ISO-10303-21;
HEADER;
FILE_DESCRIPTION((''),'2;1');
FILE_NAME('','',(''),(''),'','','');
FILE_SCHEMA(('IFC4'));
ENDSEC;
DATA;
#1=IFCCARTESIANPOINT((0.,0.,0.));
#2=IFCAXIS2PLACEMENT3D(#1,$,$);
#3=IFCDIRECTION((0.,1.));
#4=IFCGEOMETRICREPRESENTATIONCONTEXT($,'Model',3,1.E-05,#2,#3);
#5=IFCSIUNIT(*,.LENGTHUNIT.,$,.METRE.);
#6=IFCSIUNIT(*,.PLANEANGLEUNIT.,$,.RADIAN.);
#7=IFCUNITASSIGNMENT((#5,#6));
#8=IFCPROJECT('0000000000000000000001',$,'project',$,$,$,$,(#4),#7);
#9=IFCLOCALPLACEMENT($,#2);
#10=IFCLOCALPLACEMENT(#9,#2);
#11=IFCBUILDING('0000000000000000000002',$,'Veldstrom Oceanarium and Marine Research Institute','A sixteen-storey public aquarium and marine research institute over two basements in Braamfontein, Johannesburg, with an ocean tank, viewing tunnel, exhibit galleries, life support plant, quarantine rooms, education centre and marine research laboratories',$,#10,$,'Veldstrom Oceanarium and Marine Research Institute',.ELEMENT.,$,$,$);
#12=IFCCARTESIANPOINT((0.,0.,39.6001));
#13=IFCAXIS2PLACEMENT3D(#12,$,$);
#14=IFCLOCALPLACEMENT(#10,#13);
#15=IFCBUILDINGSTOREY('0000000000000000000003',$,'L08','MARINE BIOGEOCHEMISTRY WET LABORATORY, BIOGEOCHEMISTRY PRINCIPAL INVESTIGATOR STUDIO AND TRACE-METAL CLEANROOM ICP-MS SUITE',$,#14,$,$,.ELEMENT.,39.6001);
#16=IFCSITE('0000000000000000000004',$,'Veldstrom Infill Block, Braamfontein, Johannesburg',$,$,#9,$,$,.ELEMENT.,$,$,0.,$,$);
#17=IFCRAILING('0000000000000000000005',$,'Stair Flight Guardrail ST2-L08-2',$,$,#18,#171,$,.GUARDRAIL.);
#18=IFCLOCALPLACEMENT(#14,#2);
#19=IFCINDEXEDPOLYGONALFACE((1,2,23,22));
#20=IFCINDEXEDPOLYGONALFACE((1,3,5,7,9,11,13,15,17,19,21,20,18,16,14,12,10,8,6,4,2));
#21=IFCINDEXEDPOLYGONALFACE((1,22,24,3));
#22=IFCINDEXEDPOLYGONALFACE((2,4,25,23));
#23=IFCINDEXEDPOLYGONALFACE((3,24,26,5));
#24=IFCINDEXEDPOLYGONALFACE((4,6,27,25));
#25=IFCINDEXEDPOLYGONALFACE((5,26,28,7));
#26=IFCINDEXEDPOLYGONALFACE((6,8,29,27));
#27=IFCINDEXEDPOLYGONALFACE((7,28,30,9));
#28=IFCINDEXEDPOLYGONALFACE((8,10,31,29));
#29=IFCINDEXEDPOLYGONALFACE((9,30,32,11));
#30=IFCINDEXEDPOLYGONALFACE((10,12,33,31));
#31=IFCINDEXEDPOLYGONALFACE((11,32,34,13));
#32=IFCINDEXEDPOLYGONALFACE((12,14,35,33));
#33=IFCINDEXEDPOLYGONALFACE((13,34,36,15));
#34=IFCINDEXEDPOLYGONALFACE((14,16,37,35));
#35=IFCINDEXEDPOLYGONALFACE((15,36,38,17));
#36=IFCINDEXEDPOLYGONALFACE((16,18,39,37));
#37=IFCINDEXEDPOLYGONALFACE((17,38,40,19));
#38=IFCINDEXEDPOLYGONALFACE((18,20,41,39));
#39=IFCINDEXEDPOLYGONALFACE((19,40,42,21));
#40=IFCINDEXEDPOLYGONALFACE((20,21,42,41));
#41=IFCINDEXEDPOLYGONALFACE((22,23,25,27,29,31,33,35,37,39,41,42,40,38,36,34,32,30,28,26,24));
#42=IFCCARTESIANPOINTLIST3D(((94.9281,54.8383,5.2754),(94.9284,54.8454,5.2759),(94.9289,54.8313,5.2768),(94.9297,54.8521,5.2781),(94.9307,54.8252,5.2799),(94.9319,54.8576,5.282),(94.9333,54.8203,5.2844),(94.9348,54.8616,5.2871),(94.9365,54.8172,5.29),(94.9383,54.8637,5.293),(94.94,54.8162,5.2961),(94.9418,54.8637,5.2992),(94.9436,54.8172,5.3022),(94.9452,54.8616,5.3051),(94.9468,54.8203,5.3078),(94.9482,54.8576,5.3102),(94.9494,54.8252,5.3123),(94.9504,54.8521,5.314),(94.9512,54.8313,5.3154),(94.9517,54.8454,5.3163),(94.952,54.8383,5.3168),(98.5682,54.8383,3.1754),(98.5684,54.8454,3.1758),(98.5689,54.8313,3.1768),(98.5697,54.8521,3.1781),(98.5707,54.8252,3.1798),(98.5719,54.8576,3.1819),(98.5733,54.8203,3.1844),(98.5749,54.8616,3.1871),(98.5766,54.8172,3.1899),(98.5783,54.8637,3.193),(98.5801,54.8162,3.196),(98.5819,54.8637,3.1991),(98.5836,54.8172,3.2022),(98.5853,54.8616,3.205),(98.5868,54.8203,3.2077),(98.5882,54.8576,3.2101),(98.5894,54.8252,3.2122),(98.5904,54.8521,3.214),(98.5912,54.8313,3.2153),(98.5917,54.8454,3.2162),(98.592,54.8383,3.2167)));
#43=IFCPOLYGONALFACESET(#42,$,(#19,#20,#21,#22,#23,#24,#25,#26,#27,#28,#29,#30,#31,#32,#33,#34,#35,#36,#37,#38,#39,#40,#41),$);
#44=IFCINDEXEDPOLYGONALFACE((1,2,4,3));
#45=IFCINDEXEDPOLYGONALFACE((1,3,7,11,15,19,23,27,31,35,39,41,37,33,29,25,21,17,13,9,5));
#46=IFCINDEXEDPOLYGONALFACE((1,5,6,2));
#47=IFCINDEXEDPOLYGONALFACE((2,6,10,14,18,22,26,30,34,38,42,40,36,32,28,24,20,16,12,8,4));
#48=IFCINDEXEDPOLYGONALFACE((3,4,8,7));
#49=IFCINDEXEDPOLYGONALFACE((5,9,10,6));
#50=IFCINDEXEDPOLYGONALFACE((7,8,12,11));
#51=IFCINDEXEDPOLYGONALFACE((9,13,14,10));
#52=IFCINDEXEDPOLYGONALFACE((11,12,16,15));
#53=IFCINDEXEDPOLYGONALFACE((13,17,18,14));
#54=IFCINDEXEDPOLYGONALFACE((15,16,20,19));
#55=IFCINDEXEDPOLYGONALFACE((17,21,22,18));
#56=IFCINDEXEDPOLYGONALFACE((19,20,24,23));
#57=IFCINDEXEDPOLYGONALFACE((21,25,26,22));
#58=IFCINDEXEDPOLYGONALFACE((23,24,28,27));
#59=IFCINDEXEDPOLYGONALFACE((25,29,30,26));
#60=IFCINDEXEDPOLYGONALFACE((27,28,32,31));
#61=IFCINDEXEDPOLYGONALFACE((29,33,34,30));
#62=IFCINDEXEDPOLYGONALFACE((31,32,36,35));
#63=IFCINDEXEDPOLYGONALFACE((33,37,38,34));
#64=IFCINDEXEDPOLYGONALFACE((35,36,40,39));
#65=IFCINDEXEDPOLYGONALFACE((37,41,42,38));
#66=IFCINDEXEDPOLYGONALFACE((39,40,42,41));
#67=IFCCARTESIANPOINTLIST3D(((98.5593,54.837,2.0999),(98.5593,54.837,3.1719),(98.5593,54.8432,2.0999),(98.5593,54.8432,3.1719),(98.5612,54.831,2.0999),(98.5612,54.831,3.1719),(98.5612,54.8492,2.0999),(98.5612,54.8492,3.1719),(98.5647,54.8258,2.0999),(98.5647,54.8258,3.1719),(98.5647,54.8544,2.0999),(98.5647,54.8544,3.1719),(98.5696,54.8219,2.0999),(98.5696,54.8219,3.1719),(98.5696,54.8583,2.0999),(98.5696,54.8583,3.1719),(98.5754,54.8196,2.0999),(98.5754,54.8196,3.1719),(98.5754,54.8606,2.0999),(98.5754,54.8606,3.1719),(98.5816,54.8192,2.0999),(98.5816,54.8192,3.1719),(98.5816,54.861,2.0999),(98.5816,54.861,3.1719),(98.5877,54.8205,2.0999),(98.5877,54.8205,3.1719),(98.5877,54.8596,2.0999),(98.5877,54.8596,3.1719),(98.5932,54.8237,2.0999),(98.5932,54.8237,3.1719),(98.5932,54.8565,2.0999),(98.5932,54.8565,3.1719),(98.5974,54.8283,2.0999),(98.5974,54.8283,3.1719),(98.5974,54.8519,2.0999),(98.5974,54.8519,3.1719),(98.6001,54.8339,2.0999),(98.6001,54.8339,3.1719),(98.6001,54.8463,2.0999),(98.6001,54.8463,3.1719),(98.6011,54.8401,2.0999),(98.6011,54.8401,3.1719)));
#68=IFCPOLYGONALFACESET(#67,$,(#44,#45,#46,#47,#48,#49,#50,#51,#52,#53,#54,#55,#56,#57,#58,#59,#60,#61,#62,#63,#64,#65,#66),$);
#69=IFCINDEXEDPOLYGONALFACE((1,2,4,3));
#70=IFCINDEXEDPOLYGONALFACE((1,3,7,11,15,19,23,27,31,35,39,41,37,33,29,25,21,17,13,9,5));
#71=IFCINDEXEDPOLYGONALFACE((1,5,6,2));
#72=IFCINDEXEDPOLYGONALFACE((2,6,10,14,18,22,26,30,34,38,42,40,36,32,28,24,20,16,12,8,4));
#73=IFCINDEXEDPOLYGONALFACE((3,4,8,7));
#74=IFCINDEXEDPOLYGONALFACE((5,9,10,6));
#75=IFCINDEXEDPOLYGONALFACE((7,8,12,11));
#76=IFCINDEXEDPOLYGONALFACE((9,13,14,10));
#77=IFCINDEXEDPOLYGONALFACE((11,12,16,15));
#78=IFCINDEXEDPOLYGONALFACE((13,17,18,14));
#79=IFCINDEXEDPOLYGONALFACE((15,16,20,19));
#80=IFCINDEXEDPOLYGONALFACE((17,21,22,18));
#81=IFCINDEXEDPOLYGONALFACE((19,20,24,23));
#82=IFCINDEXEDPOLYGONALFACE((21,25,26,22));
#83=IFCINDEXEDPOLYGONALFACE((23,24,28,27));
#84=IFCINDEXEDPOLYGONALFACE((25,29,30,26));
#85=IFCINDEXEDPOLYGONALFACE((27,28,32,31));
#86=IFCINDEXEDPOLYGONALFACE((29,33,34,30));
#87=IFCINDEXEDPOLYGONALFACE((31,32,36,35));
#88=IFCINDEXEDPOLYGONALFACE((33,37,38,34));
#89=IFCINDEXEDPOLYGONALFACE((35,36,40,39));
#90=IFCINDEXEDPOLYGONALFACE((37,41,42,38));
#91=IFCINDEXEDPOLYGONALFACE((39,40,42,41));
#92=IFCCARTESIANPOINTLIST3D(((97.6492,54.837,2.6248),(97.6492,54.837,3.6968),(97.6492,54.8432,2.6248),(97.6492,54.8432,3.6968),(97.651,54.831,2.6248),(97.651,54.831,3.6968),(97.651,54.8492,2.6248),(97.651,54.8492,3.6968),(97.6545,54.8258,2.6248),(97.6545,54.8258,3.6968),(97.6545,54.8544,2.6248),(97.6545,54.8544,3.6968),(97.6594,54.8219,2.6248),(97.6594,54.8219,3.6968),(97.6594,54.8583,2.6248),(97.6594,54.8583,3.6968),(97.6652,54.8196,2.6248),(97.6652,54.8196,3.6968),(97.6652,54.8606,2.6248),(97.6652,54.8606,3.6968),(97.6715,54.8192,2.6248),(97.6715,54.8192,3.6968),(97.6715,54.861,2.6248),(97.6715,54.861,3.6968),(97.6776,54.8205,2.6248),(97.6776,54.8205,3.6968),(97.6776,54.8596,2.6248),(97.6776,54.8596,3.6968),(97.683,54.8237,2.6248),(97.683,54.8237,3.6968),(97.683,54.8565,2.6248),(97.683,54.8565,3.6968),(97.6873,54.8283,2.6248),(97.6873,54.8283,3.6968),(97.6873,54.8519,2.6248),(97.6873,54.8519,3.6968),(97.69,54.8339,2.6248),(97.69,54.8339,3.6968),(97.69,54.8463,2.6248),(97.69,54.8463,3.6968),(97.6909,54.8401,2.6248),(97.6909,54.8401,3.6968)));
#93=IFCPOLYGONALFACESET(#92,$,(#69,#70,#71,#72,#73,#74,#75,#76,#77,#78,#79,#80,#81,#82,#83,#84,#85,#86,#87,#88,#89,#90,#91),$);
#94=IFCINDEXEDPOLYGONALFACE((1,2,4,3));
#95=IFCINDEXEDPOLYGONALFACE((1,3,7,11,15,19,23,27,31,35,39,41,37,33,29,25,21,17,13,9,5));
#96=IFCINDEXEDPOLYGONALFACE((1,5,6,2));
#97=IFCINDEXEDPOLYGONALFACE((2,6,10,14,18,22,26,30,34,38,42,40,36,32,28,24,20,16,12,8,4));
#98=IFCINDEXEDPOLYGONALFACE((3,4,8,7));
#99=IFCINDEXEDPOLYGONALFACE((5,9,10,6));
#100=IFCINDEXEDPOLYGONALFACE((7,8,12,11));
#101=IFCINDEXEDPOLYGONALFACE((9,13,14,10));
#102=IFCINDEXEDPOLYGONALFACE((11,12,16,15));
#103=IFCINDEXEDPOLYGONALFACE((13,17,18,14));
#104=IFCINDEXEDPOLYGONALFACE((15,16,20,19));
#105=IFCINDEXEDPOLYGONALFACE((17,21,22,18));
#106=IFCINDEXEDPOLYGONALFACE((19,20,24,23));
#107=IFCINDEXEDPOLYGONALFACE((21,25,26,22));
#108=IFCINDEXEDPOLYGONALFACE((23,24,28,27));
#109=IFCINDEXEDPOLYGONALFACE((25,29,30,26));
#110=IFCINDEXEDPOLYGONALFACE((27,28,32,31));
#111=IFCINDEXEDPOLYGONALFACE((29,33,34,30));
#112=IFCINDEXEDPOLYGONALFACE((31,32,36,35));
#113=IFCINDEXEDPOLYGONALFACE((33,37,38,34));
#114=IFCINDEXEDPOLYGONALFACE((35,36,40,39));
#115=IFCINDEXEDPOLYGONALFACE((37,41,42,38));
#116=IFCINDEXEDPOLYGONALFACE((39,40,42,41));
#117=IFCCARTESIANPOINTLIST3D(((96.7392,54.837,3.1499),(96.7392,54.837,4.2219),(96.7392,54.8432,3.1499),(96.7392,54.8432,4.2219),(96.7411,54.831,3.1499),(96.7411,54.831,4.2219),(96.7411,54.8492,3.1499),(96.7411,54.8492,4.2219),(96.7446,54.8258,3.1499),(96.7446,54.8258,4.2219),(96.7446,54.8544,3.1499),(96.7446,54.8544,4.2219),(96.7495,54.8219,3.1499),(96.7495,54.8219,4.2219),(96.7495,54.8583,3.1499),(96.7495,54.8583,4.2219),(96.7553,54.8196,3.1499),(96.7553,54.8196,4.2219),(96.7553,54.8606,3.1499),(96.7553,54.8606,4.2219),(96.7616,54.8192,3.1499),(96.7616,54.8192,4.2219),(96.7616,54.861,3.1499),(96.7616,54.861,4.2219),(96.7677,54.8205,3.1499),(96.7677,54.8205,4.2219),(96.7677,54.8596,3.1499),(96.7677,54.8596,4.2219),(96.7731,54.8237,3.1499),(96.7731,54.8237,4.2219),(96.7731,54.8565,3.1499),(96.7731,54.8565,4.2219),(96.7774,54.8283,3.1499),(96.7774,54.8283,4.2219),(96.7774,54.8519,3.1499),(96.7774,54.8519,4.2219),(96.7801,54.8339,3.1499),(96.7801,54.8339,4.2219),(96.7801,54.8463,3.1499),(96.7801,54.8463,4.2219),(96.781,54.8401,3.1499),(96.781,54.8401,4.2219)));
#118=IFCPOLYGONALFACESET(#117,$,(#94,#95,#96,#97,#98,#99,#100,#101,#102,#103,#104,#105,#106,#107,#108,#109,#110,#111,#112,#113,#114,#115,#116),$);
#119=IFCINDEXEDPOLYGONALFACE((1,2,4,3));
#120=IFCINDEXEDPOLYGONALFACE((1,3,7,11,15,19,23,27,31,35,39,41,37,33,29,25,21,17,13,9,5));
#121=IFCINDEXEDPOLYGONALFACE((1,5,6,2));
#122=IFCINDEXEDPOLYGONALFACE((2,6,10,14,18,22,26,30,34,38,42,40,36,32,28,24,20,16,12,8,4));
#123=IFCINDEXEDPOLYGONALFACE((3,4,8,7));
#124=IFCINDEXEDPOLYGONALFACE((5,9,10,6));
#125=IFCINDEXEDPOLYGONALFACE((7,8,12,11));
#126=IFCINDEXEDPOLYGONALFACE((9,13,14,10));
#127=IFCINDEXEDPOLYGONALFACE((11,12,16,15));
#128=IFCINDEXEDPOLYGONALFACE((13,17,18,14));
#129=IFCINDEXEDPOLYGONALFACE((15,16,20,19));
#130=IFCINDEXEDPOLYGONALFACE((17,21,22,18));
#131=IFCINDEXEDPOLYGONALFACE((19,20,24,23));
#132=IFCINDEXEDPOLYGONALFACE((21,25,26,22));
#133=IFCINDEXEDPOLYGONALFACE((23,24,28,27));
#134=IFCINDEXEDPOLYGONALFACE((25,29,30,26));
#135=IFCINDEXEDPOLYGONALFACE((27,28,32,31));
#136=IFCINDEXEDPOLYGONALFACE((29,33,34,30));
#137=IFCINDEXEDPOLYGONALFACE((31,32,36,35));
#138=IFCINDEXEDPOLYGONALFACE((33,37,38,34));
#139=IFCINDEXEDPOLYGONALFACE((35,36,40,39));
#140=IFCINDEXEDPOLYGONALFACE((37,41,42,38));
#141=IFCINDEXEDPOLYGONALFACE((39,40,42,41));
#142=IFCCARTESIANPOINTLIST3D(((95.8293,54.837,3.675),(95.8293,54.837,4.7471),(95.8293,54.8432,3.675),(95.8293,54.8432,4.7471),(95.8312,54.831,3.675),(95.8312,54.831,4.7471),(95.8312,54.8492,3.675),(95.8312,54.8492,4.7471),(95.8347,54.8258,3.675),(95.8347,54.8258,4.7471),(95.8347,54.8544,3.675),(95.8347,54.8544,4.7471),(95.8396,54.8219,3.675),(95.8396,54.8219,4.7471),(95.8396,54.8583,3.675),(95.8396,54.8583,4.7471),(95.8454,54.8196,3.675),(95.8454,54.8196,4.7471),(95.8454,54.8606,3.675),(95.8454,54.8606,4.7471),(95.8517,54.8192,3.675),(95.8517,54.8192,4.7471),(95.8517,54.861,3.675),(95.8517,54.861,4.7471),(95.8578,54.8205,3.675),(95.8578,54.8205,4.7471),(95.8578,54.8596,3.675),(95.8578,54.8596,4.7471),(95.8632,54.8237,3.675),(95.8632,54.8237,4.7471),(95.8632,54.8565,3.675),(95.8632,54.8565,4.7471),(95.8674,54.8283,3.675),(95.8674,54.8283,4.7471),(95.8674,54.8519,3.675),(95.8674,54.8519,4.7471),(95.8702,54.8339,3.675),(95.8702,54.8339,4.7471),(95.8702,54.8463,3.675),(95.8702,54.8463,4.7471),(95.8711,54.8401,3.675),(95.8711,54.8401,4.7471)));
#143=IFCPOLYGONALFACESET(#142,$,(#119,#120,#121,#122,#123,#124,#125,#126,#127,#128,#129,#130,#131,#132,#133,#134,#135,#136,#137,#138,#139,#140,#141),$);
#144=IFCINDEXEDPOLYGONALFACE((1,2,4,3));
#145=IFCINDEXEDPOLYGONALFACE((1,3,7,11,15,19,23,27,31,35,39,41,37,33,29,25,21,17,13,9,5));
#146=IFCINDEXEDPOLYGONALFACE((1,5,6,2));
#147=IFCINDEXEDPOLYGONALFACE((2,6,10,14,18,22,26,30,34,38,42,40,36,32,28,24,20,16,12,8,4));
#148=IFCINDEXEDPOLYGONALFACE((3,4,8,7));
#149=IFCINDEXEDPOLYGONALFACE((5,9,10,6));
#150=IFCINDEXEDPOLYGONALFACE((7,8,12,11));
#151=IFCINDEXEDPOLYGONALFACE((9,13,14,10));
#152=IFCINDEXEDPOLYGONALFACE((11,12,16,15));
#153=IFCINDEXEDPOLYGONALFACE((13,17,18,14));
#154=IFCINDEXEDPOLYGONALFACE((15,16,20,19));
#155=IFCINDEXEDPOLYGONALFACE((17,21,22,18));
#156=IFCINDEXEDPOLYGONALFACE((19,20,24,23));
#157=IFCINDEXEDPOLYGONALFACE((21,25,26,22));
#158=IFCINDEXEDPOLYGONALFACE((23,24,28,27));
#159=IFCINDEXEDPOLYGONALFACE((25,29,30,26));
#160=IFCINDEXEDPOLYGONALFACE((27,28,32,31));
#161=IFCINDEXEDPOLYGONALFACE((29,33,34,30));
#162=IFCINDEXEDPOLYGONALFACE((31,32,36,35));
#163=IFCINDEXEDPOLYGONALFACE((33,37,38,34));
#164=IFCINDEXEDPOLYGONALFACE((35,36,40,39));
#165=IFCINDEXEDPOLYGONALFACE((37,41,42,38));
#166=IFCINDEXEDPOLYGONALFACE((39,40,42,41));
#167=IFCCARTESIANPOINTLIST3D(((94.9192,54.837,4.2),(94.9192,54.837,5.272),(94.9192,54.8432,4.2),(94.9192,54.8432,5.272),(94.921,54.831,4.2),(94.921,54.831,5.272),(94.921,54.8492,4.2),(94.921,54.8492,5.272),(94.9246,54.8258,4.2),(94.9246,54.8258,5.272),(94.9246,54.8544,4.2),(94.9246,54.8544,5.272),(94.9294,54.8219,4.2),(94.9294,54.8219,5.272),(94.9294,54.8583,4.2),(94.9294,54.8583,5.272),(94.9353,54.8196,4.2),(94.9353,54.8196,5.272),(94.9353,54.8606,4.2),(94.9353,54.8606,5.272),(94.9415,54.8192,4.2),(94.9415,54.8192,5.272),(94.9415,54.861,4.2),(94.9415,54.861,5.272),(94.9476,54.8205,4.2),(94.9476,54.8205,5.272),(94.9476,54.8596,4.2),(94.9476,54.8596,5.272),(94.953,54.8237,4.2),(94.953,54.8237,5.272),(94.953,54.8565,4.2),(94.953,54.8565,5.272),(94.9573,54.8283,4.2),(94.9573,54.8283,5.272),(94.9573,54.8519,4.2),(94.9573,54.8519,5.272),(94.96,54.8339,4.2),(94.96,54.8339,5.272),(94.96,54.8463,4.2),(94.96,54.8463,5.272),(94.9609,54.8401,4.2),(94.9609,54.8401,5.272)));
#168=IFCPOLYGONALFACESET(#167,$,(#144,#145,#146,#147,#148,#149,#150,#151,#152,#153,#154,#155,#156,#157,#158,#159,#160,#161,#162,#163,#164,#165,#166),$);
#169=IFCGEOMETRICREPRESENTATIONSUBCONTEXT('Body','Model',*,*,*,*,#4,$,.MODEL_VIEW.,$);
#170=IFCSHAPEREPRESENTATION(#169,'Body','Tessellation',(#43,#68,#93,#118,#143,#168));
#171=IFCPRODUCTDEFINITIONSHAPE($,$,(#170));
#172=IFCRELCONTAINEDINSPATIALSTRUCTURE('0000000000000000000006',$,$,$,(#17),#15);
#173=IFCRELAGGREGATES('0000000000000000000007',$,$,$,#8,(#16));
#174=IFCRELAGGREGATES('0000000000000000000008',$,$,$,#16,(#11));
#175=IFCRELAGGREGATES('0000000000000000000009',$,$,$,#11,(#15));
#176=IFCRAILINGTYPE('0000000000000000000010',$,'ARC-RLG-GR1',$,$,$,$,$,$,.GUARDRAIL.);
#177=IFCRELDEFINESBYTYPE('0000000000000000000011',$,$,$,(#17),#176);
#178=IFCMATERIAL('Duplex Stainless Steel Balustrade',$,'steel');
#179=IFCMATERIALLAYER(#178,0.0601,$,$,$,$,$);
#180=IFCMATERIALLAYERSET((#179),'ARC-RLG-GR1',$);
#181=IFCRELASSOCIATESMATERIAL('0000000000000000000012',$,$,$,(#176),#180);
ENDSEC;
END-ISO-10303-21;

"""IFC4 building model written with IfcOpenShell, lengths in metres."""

from ifc_helpers import new_model, si_unit, direction, frame, origin, origin_2d, place, context, subcontext, project, spatial, circle, extrude, material, layer, layer_set, type_object, element, save


model = new_model("IFC4")

# Units and contexts
model_context = context("Model", 3, precision=1e-05, world=origin(), true_north=direction((0.0, 1.0)))
body_context = subcontext(model_context, "Body", "Model", "MODEL_VIEW")
ifc_project = project(units=[si_unit("LENGTHUNIT", "METRE"), si_unit("PLANEANGLEUNIT", "RADIAN")], contexts=[model_context])

# Site, building, storey
site_placement = place(None, origin())
site = spatial("IfcSite", under=ifc_project, at=site_placement, Name="Veldstrom Infill Block, Braamfontein, Johannesburg", CompositionType="ELEMENT", RefElevation=0.0)
building_placement = place(site_placement, origin())
building = spatial("IfcBuilding", under=site, at=building_placement, Name="Veldstrom Oceanarium and Marine Research Institute", Description="A sixteen-storey public aquarium and marine research institute over two basements in Braamfontein, Johannesburg, with an ocean tank, viewing tunnel, exhibit galleries, life support plant, quarantine rooms, education centre and marine research laboratories", LongName="Veldstrom Oceanarium and Marine Research Institute", CompositionType="ELEMENT")
storey_placement = place(building_placement, frame((0.0, 0.0, 39.6001)))
storey = spatial("IfcBuildingStorey", under=building, at=storey_placement, Name="L08", Description="MARINE BIOGEOCHEMISTRY WET LABORATORY, BIOGEOCHEMISTRY PRINCIPAL INVESTIGATOR STUDIO AND TRACE-METAL CLEANROOM ICP-MS SUITE", CompositionType="ELEMENT", Elevation=39.6001)

# Railing
ifc_material_1 = material(Name="Duplex Stainless Steel Balustrade", Category="steel")
ifc_layer_1 = layer(ifc_material_1, 0.0601)
ifc_layer_set_1 = layer_set([ifc_layer_1], Name="ARC-RLG-GR1")
railing_type_1 = type_object("IfcRailingType", Name="ARC-RLG-GR1", PredefinedType="GUARDRAIL", material=ifc_layer_set_1)
railing_1_placement = place(storey_placement, frame((98.5801, 54.8401, 2.0999)))
element("IfcRailing", 1, at=railing_1_placement, inside=storey, type_object=railing_type_1, Name="Stair Flight Guardrail ST2-L08-2", PredefinedType="GUARDRAIL", context=body_context, shape_type="SweptSolid", body=[
    extrude(circle(Radius=0.0239, at=origin_2d()), frame((0.0, 0.0, 1.0962), z_axis=(-0.866184, 0.0, 0.499726), x_axis=(0.0, -1.0, 0.0)), (0.0, 0.0, 1.0), 4.2024),
    extrude(circle(Radius=0.021, at=origin_2d()), origin(), (0.0, 0.0, 1.0), 1.072),
    extrude(circle(Radius=0.021, at=origin_2d()), frame((-0.9102, 0.0, 0.5249)), (0.0, 0.0, 1.0), 1.072),
    extrude(circle(Radius=0.021, at=origin_2d()), frame((-1.8201, 0.0, 1.05)), (0.0, 0.0, 1.0), 1.072),
    extrude(circle(Radius=0.021, at=origin_2d()), frame((-2.73, 0.0, 1.5752)), (0.0, 0.0, 1.0), 1.072),
    extrude(circle(Radius=0.021, at=origin_2d()), frame((-3.6401, 0.0, 2.1001)), (0.0, 0.0, 1.0), 1.072),
])

save(model, "model.ifc")
